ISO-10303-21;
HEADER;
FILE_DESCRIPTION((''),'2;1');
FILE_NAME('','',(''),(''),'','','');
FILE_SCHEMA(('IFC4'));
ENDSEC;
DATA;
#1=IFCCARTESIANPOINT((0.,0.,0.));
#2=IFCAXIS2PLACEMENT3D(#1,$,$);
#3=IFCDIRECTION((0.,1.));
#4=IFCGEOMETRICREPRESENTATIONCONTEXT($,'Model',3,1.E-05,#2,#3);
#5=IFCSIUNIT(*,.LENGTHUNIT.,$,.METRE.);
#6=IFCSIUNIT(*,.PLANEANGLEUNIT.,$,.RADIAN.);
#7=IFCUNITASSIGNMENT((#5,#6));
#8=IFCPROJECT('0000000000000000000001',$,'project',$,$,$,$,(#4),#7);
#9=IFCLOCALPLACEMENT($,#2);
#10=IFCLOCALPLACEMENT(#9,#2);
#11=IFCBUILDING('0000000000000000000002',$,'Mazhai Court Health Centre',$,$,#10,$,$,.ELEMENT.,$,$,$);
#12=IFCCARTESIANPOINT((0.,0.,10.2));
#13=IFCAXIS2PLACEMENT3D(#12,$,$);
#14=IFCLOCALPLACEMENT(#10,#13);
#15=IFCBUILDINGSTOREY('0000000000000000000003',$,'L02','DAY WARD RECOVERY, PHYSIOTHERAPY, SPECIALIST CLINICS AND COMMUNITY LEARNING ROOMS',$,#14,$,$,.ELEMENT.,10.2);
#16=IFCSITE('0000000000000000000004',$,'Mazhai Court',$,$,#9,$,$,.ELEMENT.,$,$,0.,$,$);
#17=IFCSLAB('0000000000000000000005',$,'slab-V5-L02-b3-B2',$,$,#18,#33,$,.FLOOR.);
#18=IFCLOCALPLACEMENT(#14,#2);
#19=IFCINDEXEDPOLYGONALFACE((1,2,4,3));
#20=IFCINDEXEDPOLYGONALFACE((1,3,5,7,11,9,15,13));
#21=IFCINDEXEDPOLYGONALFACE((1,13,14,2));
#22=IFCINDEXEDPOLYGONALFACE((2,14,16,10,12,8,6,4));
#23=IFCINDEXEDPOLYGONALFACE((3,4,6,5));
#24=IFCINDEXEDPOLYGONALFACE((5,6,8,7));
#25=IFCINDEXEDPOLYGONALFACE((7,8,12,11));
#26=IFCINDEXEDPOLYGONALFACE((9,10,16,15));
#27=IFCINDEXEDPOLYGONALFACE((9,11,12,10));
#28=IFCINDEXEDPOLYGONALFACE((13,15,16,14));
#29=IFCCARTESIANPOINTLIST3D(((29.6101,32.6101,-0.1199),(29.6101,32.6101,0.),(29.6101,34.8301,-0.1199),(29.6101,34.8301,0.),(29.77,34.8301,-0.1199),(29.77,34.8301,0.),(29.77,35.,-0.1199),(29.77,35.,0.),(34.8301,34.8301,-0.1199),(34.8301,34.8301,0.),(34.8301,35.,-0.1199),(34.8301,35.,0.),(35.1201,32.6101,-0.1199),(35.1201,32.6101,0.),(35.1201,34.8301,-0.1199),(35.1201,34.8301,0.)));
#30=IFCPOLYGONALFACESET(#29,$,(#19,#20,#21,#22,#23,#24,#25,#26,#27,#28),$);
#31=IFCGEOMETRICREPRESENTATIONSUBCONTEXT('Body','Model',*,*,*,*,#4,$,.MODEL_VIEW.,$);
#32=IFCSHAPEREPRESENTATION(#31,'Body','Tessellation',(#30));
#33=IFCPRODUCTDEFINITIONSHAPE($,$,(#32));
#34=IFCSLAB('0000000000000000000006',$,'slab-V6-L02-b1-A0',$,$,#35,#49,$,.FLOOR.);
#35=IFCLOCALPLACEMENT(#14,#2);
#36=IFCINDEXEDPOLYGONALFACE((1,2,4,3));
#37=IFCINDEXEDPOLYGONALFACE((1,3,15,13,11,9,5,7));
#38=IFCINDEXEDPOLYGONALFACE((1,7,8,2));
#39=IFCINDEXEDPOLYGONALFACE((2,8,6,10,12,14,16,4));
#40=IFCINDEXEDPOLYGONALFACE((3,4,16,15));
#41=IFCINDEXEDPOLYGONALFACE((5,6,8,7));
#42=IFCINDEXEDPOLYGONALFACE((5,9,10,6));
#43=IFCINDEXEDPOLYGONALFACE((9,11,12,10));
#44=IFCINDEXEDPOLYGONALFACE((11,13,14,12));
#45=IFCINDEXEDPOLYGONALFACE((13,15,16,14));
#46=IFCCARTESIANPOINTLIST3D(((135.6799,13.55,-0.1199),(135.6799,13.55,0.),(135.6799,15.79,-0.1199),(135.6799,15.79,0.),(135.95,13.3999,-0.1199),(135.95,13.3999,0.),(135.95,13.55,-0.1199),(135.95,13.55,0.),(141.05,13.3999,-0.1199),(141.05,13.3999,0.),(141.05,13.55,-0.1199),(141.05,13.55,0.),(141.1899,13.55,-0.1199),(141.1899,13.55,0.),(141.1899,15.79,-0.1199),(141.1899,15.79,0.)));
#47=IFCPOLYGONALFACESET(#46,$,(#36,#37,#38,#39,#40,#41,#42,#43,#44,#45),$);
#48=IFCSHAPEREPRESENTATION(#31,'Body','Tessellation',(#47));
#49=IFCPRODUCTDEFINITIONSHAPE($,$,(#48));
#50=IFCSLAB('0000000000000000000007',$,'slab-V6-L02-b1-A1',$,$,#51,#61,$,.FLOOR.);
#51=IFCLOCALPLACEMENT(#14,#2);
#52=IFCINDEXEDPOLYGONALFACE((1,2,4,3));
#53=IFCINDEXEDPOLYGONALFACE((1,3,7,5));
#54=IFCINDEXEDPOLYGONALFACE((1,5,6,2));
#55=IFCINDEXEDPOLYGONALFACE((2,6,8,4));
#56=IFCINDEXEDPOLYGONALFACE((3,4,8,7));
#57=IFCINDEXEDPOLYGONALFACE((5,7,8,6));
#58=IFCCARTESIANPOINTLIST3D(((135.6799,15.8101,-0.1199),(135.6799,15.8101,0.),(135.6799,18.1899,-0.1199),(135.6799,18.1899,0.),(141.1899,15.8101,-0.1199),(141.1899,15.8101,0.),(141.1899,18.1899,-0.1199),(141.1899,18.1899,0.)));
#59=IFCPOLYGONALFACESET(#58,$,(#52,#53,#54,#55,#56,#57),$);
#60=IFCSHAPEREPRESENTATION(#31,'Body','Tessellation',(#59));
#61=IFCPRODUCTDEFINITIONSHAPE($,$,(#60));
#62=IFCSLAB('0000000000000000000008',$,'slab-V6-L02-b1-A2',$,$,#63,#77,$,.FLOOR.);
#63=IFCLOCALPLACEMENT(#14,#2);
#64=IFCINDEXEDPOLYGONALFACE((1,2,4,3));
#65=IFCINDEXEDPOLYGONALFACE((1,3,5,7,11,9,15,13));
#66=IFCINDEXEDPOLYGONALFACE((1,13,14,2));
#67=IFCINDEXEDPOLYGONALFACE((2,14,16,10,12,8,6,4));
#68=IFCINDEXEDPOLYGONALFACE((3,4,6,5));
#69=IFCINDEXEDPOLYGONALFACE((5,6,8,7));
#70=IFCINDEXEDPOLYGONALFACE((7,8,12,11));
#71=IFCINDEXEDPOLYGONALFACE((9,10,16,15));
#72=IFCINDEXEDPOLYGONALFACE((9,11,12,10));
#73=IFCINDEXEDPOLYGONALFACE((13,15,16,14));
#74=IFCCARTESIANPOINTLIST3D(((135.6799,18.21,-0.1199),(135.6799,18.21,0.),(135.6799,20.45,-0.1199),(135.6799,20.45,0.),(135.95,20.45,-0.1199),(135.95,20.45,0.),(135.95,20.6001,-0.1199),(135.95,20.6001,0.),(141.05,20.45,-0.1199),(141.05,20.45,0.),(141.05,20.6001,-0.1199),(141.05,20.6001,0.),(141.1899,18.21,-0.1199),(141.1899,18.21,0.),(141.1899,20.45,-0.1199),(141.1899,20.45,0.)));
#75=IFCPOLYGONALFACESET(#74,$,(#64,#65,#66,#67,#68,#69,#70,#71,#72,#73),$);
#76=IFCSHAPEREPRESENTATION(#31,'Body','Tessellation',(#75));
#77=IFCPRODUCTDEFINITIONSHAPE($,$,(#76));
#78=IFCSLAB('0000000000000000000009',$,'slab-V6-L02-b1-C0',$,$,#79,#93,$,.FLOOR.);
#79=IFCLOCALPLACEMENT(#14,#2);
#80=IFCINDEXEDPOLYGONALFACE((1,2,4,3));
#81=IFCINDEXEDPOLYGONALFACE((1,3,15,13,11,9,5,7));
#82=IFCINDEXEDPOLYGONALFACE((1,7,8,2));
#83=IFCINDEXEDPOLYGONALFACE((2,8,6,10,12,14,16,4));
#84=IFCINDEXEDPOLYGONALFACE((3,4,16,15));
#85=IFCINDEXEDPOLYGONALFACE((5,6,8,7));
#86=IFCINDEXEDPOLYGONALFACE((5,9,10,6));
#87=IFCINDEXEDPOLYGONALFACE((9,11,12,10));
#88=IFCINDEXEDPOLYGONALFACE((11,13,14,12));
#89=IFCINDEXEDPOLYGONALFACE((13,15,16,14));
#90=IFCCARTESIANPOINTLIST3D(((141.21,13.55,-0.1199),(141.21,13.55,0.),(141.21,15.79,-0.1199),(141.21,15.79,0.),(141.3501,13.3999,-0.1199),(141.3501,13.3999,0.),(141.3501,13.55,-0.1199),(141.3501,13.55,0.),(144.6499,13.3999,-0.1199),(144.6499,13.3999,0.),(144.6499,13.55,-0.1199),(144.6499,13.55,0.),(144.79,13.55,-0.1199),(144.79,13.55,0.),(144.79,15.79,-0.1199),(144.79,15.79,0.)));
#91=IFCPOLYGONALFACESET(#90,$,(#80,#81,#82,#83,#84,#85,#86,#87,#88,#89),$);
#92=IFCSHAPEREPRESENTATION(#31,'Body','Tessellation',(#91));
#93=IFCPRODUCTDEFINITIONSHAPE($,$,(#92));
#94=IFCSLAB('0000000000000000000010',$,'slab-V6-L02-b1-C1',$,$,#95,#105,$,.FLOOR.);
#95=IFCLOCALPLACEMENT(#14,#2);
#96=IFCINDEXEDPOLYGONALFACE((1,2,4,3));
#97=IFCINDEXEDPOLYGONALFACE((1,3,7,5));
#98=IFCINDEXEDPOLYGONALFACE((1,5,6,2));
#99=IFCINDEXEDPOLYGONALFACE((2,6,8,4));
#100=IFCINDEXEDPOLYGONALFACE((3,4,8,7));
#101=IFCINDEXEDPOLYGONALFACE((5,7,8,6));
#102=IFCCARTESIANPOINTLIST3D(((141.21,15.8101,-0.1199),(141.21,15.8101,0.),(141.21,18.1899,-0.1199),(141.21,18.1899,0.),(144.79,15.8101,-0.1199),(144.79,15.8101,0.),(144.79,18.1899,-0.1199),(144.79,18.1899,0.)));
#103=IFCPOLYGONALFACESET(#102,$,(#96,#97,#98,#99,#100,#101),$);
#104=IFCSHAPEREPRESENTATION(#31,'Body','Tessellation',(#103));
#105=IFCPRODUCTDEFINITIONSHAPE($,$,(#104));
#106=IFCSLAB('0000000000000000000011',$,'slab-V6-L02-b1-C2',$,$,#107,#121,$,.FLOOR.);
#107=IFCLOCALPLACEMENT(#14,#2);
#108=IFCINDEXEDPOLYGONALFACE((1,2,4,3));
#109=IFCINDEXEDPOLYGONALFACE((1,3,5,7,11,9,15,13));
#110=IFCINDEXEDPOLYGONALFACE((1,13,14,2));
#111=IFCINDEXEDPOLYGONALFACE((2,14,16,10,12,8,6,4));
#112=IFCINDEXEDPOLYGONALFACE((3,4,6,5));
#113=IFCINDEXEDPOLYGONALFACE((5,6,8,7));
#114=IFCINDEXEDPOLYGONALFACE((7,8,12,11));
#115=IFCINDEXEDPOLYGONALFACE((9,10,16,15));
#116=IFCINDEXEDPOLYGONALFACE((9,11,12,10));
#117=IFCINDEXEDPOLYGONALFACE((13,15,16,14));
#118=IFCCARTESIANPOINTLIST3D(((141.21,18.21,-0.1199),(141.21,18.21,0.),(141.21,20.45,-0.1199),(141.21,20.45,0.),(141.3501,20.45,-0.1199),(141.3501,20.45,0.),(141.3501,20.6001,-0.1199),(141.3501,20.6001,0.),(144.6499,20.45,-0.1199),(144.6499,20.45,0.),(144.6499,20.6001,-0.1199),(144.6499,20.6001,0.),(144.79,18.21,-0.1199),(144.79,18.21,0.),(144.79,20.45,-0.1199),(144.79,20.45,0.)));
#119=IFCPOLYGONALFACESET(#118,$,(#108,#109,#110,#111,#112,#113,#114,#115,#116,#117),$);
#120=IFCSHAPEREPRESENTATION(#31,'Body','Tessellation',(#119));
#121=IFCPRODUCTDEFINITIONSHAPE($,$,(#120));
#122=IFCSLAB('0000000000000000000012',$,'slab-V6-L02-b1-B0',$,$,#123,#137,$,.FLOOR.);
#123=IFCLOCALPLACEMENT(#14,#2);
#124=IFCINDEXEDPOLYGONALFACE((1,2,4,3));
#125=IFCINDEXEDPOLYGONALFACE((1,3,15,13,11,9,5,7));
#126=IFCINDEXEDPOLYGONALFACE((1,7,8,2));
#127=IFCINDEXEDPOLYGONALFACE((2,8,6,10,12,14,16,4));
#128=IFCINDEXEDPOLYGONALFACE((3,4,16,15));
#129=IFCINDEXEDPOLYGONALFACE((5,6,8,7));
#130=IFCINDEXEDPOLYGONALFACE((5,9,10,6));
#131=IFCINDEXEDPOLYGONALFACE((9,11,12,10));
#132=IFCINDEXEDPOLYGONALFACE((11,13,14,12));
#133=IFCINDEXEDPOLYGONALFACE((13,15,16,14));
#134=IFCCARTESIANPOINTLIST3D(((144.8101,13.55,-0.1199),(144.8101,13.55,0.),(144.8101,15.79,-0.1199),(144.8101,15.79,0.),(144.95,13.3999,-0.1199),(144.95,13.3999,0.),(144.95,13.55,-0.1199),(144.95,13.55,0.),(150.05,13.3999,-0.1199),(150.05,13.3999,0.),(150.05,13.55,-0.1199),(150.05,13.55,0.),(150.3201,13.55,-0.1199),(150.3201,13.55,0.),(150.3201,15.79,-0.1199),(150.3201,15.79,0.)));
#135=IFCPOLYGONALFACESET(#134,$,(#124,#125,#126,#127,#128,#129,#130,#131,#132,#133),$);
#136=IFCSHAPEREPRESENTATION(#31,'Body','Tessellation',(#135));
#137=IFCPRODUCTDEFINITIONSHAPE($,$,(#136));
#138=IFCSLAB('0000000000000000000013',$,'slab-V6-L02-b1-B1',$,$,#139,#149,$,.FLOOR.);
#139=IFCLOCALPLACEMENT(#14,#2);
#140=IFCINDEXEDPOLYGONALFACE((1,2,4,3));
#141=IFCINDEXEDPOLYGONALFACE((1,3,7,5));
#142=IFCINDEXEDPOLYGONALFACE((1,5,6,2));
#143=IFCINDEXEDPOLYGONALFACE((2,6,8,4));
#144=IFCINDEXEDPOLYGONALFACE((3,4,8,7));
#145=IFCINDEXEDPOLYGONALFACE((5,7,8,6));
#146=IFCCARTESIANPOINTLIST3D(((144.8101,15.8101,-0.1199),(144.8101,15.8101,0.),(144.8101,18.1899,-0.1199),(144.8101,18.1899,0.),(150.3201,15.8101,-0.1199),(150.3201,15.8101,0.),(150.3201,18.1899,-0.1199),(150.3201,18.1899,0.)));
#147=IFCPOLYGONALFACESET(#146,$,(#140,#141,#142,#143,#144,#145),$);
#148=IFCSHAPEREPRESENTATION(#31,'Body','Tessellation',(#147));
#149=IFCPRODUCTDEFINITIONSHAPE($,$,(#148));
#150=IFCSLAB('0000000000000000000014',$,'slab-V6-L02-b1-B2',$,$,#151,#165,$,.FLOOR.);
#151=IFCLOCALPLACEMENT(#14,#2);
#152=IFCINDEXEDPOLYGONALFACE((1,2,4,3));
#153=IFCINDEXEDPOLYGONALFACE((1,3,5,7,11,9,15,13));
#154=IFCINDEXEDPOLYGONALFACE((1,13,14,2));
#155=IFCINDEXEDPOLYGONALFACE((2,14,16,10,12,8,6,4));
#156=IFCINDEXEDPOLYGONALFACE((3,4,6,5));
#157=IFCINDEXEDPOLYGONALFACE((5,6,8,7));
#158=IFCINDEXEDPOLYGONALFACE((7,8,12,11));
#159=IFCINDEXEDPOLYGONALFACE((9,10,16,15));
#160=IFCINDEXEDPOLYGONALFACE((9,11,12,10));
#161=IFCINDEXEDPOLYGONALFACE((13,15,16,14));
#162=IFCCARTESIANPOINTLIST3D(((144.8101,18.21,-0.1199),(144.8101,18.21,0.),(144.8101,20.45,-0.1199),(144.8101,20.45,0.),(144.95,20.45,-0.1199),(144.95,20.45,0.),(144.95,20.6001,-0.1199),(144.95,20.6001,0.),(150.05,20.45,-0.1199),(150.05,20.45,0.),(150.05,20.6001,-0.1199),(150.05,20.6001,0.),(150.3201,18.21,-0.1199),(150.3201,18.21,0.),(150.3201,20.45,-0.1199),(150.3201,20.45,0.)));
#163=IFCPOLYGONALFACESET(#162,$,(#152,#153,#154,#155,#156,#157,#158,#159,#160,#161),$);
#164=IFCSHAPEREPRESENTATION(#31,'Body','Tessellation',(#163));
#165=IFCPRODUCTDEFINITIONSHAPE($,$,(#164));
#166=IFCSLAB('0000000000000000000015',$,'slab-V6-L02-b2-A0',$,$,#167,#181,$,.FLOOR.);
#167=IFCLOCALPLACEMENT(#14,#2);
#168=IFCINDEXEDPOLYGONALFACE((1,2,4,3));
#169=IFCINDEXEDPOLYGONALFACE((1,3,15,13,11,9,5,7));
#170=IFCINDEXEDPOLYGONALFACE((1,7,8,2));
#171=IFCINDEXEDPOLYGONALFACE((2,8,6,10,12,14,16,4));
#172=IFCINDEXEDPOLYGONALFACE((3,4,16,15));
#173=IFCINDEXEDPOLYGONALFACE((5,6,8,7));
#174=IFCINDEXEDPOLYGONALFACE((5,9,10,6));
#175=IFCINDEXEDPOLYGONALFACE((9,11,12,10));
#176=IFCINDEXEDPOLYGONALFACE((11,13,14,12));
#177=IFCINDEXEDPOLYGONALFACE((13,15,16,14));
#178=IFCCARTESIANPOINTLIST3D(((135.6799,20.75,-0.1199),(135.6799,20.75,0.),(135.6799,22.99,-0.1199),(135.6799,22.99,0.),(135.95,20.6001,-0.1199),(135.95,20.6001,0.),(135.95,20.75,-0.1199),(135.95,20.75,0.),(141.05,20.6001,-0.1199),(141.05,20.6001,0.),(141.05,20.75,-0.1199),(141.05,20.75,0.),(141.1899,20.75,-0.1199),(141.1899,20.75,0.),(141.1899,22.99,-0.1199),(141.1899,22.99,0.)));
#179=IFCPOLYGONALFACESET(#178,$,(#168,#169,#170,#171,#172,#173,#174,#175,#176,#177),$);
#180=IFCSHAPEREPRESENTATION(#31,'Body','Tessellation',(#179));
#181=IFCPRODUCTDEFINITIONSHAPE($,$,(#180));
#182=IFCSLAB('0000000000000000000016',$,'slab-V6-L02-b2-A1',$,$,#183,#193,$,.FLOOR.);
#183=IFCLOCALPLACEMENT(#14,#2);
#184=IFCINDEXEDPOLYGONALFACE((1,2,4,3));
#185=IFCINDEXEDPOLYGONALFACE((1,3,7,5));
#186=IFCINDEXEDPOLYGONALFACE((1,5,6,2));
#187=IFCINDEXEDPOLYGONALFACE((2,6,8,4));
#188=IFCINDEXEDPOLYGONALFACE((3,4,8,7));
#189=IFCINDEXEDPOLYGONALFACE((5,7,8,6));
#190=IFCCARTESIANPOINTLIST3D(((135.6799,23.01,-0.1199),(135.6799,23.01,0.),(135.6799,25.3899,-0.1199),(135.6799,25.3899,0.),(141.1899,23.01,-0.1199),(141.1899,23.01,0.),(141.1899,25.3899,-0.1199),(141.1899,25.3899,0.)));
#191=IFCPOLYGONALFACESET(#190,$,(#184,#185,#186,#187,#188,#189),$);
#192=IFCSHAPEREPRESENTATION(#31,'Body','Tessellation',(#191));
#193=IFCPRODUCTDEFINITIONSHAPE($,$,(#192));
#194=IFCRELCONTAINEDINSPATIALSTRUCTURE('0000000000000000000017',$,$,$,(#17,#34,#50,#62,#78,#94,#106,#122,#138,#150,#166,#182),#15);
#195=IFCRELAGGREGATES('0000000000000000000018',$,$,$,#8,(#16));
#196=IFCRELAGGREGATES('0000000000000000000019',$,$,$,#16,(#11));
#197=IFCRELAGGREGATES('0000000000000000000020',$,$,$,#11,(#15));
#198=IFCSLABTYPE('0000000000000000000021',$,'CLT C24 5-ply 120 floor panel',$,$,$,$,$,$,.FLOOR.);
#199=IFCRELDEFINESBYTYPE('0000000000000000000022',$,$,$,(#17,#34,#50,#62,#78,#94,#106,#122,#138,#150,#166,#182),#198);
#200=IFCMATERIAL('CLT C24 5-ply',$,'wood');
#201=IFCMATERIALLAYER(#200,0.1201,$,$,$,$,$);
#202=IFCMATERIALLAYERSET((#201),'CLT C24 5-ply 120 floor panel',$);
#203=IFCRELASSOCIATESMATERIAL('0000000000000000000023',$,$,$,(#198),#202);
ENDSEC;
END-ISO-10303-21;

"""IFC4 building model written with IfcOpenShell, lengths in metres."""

from ifc_helpers import new_model, si_unit, direction, frame, origin, place, context, subcontext, project, spatial, polyline, outline, extrude, material, layer, layer_set, type_object, element, save


model = new_model("IFC4")

# Units and contexts
model_context = context("Model", 3, precision=1e-05, world=origin(), true_north=direction((0.0, 1.0)))
body_context = subcontext(model_context, "Body", "Model", "MODEL_VIEW")
ifc_project = project(units=[si_unit("LENGTHUNIT", "METRE"), si_unit("PLANEANGLEUNIT", "RADIAN")], contexts=[model_context])

# Site, building, storey
site_placement = place(None, origin())
site = spatial("IfcSite", under=ifc_project, at=site_placement, Name="Mazhai Court", CompositionType="ELEMENT", RefElevation=0.0)
building_placement = place(site_placement, origin())
building = spatial("IfcBuilding", under=site, at=building_placement, Name="Mazhai Court Health Centre", CompositionType="ELEMENT")
storey_placement = place(building_placement, frame((0.0, 0.0, 10.2)))
storey = spatial("IfcBuildingStorey", under=building, at=storey_placement, Name="L02", Description="DAY WARD RECOVERY, PHYSIOTHERAPY, SPECIALIST CLINICS AND COMMUNITY LEARNING ROOMS", CompositionType="ELEMENT", Elevation=10.2)

# Slabs
ifc_material = material(Name="CLT C24 5-ply", Category="wood")
ifc_layer = layer(ifc_material, 0.1201)
ifc_layer_set = layer_set([ifc_layer], Name="CLT C24 5-ply 120 floor panel")
slab_type = type_object("IfcSlabType", Name="CLT C24 5-ply 120 floor panel", PredefinedType="FLOOR", material=ifc_layer_set)
slab_1_placement = place(storey_placement, frame((0.0, 0.0, -0.1199)))
element("IfcSlab", 1, at=slab_1_placement, inside=storey, type_object=slab_type, Name="slab-V5-L02-b3-B2", PredefinedType="FLOOR", context=body_context, shape_type="SweptSolid", body=[
    extrude(outline(polyline([(35.1201, 32.6101), (35.1201, 34.8301), (34.8301, 34.8301), (34.8301, 35.0), (29.77, 35.0), (29.77, 34.8301), (29.6101, 34.8301), (29.6101, 32.6101), (35.1201, 32.6101)])), origin(), (0.0, 0.0, 1.0), 0.1199),
])
slab_2_placement = place(storey_placement, frame((0.0, 0.0, -0.1199)))
element("IfcSlab", 2, at=slab_2_placement, inside=storey, type_object=slab_type, Name="slab-V6-L02-b1-A0", PredefinedType="FLOOR", context=body_context, shape_type="SweptSolid", body=[
    extrude(outline(polyline([(135.6799, 15.79), (135.6799, 13.55), (135.95, 13.55), (135.95, 13.3999), (141.05, 13.3999), (141.05, 13.55), (141.1899, 13.55), (141.1899, 15.79), (135.6799, 15.79)])), origin(), (0.0, 0.0, 1.0), 0.1199),
])
slab_3_placement = place(storey_placement, frame((0.0, 0.0, -0.1199)))
element("IfcSlab", 3, at=slab_3_placement, inside=storey, type_object=slab_type, Name="slab-V6-L02-b1-A1", PredefinedType="FLOOR", context=body_context, shape_type="SweptSolid", body=[
    extrude(outline(polyline([(135.6799, 15.8101), (141.1899, 15.8101), (141.1899, 18.1899), (135.6799, 18.1899), (135.6799, 15.8101)])), origin(), (0.0, 0.0, 1.0), 0.1199),
])
slab_4_placement = place(storey_placement, frame((0.0, 0.0, -0.1199)))
element("IfcSlab", 4, at=slab_4_placement, inside=storey, type_object=slab_type, Name="slab-V6-L02-b1-A2", PredefinedType="FLOOR", context=body_context, shape_type="SweptSolid", body=[
    extrude(outline(polyline([(141.1899, 18.21), (141.1899, 20.45), (141.05, 20.45), (141.05, 20.6001), (135.95, 20.6001), (135.95, 20.45), (135.6799, 20.45), (135.6799, 18.21), (141.1899, 18.21)])), origin(), (0.0, 0.0, 1.0), 0.1199),
])
slab_5_placement = place(storey_placement, frame((0.0, 0.0, -0.1199)))
element("IfcSlab", 5, at=slab_5_placement, inside=storey, type_object=slab_type, Name="slab-V6-L02-b1-C0", PredefinedType="FLOOR", context=body_context, shape_type="SweptSolid", body=[
    extrude(outline(polyline([(141.21, 15.79), (141.21, 13.55), (141.3501, 13.55), (141.3501, 13.3999), (144.6499, 13.3999), (144.6499, 13.55), (144.79, 13.55), (144.79, 15.79), (141.21, 15.79)])), origin(), (0.0, 0.0, 1.0), 0.1199),
])
slab_6_placement = place(storey_placement, frame((0.0, 0.0, -0.1199)))
element("IfcSlab", 6, at=slab_6_placement, inside=storey, type_object=slab_type, Name="slab-V6-L02-b1-C1", PredefinedType="FLOOR", context=body_context, shape_type="SweptSolid", body=[
    extrude(outline(polyline([(141.21, 15.8101), (144.79, 15.8101), (144.79, 18.1899), (141.21, 18.1899), (141.21, 15.8101)])), origin(), (0.0, 0.0, 1.0), 0.1199),
])
slab_7_placement = place(storey_placement, frame((0.0, 0.0, -0.1199)))
element("IfcSlab", 7, at=slab_7_placement, inside=storey, type_object=slab_type, Name="slab-V6-L02-b1-C2", PredefinedType="FLOOR", context=body_context, shape_type="SweptSolid", body=[
    extrude(outline(polyline([(144.79, 18.21), (144.79, 20.45), (144.6499, 20.45), (144.6499, 20.6001), (141.3501, 20.6001), (141.3501, 20.45), (141.21, 20.45), (141.21, 18.21), (144.79, 18.21)])), origin(), (0.0, 0.0, 1.0), 0.1199),
])
slab_8_placement = place(storey_placement, frame((0.0, 0.0, -0.1199)))
element("IfcSlab", 8, at=slab_8_placement, inside=storey, type_object=slab_type, Name="slab-V6-L02-b1-B0", PredefinedType="FLOOR", context=body_context, shape_type="SweptSolid", body=[
    extrude(outline(polyline([(144.8101, 15.79), (144.8101, 13.55), (144.95, 13.55), (144.95, 13.3999), (150.05, 13.3999), (150.05, 13.55), (150.3201, 13.55), (150.3201, 15.79), (144.8101, 15.79)])), origin(), (0.0, 0.0, 1.0), 0.1199),
])
slab_9_placement = place(storey_placement, frame((0.0, 0.0, -0.1199)))
element("IfcSlab", 9, at=slab_9_placement, inside=storey, type_object=slab_type, Name="slab-V6-L02-b1-B1", PredefinedType="FLOOR", context=body_context, shape_type="SweptSolid", body=[
    extrude(outline(polyline([(144.8101, 15.8101), (150.3201, 15.8101), (150.3201, 18.1899), (144.8101, 18.1899), (144.8101, 15.8101)])), origin(), (0.0, 0.0, 1.0), 0.1199),
])
slab_10_placement = place(storey_placement, frame((0.0, 0.0, -0.1199)))
element("IfcSlab", 10, at=slab_10_placement, inside=storey, type_object=slab_type, Name="slab-V6-L02-b1-B2", PredefinedType="FLOOR", context=body_context, shape_type="SweptSolid", body=[
    extrude(outline(polyline([(150.3201, 18.21), (150.3201, 20.45), (150.05, 20.45), (150.05, 20.6001), (144.95, 20.6001), (144.95, 20.45), (144.8101, 20.45), (144.8101, 18.21), (150.3201, 18.21)])), origin(), (0.0, 0.0, 1.0), 0.1199),
])
slab_11_placement = place(storey_placement, frame((0.0, 0.0, -0.1199)))
element("IfcSlab", 11, at=slab_11_placement, inside=storey, type_object=slab_type, Name="slab-V6-L02-b2-A0", PredefinedType="FLOOR", context=body_context, shape_type="SweptSolid", body=[
    extrude(outline(polyline([(135.6799, 22.99), (135.6799, 20.75), (135.95, 20.75), (135.95, 20.6001), (141.05, 20.6001), (141.05, 20.75), (141.1899, 20.75), (141.1899, 22.99), (135.6799, 22.99)])), origin(), (0.0, 0.0, 1.0), 0.1199),
])
slab_12_placement = place(storey_placement, frame((0.0, 0.0, -0.1199)))
element("IfcSlab", 12, at=slab_12_placement, inside=storey, type_object=slab_type, Name="slab-V6-L02-b2-A1", PredefinedType="FLOOR", context=body_context, shape_type="SweptSolid", body=[
    extrude(outline(polyline([(135.6799, 23.01), (141.1899, 23.01), (141.1899, 25.3899), (135.6799, 25.3899), (135.6799, 23.01)])), origin(), (0.0, 0.0, 1.0), 0.1199),
])

save(model, "model.ifc")
